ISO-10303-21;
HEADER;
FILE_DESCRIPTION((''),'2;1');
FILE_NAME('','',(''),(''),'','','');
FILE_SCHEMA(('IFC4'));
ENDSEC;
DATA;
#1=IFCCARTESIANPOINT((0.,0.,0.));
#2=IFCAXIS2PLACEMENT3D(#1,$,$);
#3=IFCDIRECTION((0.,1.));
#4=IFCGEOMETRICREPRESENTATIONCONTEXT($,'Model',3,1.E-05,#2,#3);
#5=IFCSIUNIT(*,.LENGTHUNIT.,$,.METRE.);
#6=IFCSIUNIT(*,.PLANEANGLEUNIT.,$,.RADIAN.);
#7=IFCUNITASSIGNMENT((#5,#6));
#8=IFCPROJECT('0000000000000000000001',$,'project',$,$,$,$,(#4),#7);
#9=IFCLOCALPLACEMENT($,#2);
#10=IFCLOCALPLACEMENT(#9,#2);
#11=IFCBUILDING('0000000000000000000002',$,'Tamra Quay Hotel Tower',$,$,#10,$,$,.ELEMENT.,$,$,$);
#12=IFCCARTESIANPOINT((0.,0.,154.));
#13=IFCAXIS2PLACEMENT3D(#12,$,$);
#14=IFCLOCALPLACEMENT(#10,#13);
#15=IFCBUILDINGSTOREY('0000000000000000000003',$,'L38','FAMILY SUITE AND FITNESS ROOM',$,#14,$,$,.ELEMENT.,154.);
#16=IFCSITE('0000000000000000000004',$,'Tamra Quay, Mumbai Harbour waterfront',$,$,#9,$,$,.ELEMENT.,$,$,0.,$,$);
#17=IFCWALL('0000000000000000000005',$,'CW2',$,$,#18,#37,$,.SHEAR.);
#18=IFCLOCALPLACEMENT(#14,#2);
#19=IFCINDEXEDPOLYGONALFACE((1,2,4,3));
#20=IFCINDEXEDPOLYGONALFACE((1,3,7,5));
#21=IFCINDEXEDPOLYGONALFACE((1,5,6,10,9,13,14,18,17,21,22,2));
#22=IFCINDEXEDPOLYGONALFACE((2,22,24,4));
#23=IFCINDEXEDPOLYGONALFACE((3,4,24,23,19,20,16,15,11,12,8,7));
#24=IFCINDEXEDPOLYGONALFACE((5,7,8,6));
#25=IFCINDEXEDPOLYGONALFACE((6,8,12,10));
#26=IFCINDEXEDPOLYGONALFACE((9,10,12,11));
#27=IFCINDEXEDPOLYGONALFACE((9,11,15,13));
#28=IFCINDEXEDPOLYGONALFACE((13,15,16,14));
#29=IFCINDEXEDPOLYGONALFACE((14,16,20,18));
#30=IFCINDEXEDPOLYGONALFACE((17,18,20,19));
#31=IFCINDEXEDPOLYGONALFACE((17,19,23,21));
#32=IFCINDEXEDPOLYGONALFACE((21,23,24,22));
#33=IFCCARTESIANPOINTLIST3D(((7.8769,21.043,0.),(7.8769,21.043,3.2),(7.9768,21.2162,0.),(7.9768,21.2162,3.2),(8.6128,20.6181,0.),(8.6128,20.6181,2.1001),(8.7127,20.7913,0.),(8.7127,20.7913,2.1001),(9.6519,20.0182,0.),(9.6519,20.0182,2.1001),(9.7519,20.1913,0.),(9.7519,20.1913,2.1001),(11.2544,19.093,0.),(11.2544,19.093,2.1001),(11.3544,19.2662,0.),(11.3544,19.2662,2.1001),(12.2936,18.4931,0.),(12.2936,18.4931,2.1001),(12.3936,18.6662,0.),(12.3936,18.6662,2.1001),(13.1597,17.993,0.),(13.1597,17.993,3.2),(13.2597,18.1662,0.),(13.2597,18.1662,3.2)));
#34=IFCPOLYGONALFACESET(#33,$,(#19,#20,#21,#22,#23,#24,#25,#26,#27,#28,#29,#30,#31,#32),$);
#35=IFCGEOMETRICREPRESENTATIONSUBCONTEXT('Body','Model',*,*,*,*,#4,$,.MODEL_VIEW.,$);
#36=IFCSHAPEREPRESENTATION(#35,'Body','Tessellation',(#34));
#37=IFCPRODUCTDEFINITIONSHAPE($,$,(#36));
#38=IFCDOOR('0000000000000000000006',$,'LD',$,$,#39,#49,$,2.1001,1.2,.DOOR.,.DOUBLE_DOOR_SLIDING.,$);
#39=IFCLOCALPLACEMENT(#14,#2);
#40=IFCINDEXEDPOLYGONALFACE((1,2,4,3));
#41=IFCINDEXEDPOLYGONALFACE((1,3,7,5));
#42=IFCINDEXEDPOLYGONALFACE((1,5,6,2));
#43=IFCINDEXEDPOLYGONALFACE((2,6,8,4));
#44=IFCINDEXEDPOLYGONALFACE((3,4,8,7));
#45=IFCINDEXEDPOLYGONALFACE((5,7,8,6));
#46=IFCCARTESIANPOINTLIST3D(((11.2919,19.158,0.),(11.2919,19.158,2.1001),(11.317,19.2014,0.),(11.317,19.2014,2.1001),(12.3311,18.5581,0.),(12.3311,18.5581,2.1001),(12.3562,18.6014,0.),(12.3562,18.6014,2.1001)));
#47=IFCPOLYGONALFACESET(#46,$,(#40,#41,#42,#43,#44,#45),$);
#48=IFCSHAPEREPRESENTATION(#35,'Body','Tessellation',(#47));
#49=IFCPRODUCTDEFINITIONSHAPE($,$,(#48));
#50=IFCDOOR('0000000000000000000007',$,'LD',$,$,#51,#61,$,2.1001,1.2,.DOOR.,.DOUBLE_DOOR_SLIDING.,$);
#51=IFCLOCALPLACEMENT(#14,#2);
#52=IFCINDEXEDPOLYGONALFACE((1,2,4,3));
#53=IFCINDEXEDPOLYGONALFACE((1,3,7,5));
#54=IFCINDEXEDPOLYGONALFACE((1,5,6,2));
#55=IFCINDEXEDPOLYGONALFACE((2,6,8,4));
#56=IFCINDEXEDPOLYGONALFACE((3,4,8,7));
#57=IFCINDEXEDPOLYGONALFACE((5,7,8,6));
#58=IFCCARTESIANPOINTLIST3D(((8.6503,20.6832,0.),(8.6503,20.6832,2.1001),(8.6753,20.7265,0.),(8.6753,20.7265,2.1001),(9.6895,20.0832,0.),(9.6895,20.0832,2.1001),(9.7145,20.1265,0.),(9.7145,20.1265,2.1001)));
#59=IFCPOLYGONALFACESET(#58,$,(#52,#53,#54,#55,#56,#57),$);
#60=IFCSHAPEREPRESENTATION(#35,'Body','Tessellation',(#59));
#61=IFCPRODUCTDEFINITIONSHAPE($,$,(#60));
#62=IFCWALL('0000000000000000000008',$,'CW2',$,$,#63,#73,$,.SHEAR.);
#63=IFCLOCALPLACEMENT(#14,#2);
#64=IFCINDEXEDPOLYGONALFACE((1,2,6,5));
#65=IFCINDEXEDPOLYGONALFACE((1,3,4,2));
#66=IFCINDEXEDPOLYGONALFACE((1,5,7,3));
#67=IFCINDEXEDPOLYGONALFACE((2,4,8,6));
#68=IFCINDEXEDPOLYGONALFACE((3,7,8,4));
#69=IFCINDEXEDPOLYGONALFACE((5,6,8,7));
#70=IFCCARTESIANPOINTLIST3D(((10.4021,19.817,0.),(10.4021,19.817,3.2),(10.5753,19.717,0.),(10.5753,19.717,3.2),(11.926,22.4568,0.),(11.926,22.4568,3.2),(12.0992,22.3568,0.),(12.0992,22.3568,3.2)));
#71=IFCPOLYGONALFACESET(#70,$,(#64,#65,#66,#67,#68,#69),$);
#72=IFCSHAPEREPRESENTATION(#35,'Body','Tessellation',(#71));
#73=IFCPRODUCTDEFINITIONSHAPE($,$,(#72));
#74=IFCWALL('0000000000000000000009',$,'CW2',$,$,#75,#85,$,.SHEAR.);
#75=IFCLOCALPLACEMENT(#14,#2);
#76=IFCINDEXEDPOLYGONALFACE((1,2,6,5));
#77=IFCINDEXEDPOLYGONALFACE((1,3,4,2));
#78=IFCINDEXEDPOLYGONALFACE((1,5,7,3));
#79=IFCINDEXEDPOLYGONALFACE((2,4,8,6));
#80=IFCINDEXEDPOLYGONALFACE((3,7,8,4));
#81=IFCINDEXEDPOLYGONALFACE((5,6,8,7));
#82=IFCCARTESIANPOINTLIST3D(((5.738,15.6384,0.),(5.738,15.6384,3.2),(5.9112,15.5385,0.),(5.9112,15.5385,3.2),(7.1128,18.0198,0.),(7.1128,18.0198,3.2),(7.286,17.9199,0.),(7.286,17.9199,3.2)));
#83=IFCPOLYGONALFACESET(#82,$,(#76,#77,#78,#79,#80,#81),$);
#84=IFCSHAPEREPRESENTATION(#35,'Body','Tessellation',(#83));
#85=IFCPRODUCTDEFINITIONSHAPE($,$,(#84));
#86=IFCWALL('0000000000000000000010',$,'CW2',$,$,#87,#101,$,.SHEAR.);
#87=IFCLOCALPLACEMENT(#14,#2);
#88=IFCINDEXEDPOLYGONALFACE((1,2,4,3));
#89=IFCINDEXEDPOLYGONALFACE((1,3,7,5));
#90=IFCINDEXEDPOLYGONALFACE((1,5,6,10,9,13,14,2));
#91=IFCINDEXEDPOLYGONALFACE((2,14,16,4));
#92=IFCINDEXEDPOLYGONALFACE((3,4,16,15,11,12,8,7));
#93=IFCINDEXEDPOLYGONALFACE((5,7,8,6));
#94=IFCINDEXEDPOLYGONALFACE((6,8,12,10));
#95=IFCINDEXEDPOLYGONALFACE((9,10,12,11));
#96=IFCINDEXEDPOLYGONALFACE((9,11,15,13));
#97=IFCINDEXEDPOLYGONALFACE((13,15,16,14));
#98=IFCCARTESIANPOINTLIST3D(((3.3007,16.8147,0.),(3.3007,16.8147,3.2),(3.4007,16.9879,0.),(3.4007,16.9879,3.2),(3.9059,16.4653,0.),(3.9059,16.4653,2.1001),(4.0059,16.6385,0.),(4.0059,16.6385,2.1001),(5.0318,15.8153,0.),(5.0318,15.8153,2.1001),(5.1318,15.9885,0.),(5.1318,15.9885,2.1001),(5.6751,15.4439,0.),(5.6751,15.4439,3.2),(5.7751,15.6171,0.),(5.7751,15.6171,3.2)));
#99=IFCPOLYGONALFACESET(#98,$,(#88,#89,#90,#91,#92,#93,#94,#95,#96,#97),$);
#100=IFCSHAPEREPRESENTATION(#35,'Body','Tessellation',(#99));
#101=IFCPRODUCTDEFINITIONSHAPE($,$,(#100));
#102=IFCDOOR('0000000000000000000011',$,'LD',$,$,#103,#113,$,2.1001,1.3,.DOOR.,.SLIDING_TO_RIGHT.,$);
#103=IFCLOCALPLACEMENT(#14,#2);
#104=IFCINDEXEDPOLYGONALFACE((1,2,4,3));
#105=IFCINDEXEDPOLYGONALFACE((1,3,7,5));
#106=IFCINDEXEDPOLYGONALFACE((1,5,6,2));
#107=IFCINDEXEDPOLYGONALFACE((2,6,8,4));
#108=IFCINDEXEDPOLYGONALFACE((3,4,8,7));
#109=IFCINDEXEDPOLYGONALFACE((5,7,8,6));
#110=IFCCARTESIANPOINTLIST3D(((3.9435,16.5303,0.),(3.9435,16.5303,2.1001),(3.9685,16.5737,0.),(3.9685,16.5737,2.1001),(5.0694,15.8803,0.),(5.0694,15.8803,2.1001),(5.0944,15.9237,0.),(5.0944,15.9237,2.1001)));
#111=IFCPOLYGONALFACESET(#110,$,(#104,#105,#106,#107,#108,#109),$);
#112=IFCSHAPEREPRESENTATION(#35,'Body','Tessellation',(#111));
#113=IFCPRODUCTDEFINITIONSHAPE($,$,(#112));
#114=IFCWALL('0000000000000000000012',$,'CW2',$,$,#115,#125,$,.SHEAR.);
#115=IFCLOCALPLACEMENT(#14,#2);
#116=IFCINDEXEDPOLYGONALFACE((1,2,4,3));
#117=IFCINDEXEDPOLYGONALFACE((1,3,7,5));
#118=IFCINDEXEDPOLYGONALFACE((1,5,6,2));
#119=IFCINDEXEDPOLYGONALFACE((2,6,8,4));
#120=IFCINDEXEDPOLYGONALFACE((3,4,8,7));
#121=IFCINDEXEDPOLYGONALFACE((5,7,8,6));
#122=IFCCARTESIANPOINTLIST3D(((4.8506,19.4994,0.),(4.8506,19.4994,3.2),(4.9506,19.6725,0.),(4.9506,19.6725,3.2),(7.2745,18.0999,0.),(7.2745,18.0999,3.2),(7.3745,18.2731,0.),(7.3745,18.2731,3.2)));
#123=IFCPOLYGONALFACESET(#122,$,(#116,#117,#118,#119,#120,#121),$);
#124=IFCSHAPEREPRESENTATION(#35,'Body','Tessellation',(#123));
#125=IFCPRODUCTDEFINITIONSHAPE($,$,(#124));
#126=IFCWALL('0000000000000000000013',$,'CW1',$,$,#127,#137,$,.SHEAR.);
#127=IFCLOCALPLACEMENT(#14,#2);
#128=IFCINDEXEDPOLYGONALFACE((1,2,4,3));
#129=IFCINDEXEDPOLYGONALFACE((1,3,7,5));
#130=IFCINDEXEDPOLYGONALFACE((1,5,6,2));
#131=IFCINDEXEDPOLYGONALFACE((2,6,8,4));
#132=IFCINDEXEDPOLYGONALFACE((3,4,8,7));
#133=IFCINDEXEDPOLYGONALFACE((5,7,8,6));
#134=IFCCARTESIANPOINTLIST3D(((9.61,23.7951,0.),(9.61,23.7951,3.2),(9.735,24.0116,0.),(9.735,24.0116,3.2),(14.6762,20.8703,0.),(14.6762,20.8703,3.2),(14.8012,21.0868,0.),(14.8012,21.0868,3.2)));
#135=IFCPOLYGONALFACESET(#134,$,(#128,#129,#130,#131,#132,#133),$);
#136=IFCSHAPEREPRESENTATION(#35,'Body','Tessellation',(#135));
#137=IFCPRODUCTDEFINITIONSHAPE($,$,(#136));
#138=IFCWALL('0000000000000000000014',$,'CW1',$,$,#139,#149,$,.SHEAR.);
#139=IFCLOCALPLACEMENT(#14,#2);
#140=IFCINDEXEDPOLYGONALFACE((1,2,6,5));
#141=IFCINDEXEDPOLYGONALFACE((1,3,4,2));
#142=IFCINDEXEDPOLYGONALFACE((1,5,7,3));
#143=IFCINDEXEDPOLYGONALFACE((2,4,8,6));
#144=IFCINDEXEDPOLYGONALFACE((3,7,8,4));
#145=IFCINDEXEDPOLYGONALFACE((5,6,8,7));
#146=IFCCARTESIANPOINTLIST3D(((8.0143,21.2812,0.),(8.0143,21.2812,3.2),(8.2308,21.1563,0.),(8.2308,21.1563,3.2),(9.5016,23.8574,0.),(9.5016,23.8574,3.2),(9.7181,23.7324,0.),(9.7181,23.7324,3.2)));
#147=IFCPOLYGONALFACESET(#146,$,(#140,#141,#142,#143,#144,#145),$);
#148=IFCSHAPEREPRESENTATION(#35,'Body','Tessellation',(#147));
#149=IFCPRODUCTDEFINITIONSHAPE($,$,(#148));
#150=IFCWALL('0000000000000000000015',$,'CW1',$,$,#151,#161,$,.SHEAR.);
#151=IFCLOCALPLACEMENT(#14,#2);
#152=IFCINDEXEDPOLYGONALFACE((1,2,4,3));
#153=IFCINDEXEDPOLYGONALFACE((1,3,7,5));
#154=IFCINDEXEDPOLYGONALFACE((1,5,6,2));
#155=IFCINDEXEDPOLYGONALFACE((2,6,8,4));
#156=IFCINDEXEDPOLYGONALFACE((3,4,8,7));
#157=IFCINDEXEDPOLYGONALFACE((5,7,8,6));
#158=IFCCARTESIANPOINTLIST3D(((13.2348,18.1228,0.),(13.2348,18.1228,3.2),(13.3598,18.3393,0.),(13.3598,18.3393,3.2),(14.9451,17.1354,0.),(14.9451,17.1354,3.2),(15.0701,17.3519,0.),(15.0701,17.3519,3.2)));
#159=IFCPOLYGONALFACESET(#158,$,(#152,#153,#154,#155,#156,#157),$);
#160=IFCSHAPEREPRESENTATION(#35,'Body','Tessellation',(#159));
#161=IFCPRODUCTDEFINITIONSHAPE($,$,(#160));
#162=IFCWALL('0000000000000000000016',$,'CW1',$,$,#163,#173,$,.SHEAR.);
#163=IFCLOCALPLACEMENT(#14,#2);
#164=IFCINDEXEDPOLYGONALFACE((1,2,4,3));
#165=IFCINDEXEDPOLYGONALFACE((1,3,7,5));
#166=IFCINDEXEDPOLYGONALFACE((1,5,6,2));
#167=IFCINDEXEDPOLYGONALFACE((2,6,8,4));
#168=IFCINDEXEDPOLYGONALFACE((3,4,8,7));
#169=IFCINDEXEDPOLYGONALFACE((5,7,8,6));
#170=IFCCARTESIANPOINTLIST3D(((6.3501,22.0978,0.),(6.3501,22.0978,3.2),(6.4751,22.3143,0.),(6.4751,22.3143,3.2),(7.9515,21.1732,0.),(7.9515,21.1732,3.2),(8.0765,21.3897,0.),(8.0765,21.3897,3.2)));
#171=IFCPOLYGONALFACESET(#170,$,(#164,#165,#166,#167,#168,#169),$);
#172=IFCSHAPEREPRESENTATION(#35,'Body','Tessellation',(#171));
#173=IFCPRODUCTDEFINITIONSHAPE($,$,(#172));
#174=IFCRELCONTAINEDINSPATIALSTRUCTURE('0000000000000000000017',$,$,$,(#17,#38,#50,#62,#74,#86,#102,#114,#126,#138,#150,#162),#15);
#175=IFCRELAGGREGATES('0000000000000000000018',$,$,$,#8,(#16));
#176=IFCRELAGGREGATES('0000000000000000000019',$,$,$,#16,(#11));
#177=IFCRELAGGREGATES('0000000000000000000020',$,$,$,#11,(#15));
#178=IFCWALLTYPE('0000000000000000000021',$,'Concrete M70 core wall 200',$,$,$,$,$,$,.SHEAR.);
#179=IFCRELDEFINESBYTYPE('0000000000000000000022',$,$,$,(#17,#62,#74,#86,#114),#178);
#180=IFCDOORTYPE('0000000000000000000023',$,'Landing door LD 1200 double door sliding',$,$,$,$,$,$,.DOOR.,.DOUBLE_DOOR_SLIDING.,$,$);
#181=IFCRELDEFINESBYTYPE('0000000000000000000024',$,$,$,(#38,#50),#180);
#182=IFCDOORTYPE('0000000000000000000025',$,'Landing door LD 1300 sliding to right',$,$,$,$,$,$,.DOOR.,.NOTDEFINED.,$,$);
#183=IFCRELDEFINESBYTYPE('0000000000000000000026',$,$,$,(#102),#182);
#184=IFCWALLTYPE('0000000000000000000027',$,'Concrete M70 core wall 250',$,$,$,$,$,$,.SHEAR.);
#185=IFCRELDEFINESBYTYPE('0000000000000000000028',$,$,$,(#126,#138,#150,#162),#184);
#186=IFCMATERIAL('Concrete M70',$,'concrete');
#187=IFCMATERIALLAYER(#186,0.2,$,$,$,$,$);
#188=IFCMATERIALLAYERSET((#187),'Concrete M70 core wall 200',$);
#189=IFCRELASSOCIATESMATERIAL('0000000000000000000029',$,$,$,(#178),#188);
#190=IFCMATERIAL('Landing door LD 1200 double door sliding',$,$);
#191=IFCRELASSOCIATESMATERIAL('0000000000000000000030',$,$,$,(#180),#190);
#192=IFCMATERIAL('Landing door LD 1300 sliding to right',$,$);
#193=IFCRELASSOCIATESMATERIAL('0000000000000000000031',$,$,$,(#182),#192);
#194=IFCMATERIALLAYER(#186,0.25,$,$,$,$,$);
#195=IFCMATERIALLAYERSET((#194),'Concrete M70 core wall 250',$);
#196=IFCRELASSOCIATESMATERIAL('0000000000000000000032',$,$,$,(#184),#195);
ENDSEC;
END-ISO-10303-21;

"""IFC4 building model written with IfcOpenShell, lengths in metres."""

from ifc_helpers import new_model, si_unit, direction, frame, frame_2d, origin, place, context, subcontext, project, spatial, rectangle, extrude, material, layer, layer_set, type_object, element, fill, save


model = new_model("IFC4")

# Units and contexts
model_context = context("Model", 3, precision=1e-05, world=origin(), true_north=direction((0.0, 1.0)))
body_context = subcontext(model_context, "Body", "Model", "MODEL_VIEW")
ifc_project = project(units=[si_unit("LENGTHUNIT", "METRE"), si_unit("PLANEANGLEUNIT", "RADIAN")], contexts=[model_context])

# Site, building, storey
site_placement = place(None, origin())
site = spatial("IfcSite", under=ifc_project, at=site_placement, Name="Tamra Quay, Mumbai Harbour waterfront", CompositionType="ELEMENT", RefElevation=0.0)
building_placement = place(site_placement, origin())
building = spatial("IfcBuilding", under=site, at=building_placement, Name="Tamra Quay Hotel Tower", CompositionType="ELEMENT")
storey_placement = place(building_placement, frame((0.0, 0.0, 154.0)))
storey = spatial("IfcBuildingStorey", under=building, at=storey_placement, Name="L38", Description="FAMILY SUITE AND FITNESS ROOM", CompositionType="ELEMENT", Elevation=154.0)

# Shared definitions
ifc_material_1 = material(Name="Concrete M70", Category="concrete")

# Wall, openings, doors
ifc_layer_1 = layer(ifc_material_1, 0.2)
ifc_layer_set_1 = layer_set([ifc_layer_1], Name="Concrete M70 core wall 200")
wall_type_1 = type_object("IfcWallType", Name="Concrete M70 core wall 200", PredefinedType="SHEAR", material=ifc_layer_set_1)
wall_1_placement = place(storey_placement, frame((13.2097, 18.0796, 0.0), z_axis=(0.0, 0.0, 1.0), x_axis=(-0.86603, 0.499992, 0.0)))
wall_1 = element("IfcWall", 1, at=wall_1_placement, inside=storey, type_object=wall_type_1, Name="CW2", PredefinedType="SHEAR", context=body_context, shape_type="SweptSolid", body=[
    extrude(rectangle(XDim=6.1001, YDim=0.2, at=frame_2d((3.05, 0.0))), origin(), (0.0, 0.0, 1.0), 3.2),
])
opening_1_placement = place(wall_1_placement, frame((1.0, 0.0, 0.0)))
opening_1 = element("IfcOpeningElement", 2, at=opening_1_placement, cuts=wall_1, PredefinedType="OPENING", context=body_context, shape_type="SweptSolid", body=[
    extrude(rectangle(XDim=1.2, YDim=2.1001, at=frame_2d((0.6001, 1.05))), frame((0.0, 0.1099, 0.0), z_axis=(0.0, -1.0, 0.0), x_axis=(1.0, 0.0, 0.0)), (0.0, 0.0, 1.0), 0.22),
])
opening_2_placement = place(wall_1_placement, frame((4.0503, 0.0, 0.0)))
opening_2 = element("IfcOpeningElement", 3, at=opening_2_placement, cuts=wall_1, PredefinedType="OPENING", context=body_context, shape_type="SweptSolid", body=[
    extrude(rectangle(XDim=1.2, YDim=2.1001, at=frame_2d((0.6001, 1.05))), frame((0.0, 0.1099, 0.0), z_axis=(0.0, -1.0, 0.0), x_axis=(1.0, 0.0, 0.0)), (0.0, 0.0, 1.0), 0.22),
])
ifc_material_2 = material(Name="Landing door LD 1200 double door sliding")
door_type_1 = type_object("IfcDoorType", Name="Landing door LD 1200 double door sliding", OperationType="DOUBLE_DOOR_SLIDING", PredefinedType="DOOR", material=ifc_material_2)
door_1_placement = place(opening_1_placement, origin())
door_1 = element("IfcDoor", 4, at=door_1_placement, inside=storey, type_object=door_type_1, Name="LD", OperationType="DOUBLE_DOOR_SLIDING", OverallHeight=2.1001, OverallWidth=1.2, PredefinedType="DOOR", context=body_context, shape_type="SweptSolid", body=[
    extrude(rectangle(XDim=1.2, YDim=2.1001, at=frame_2d((0.6001, 1.05))), frame((0.0, 0.0249, 0.0), z_axis=(0.0, -1.0, 0.0), x_axis=(1.0, 0.0, 0.0)), (0.0, 0.0, 1.0), 0.05),
])
fill(opening_1, door_1)
door_2_placement = place(opening_2_placement, origin())
door_2 = element("IfcDoor", 5, at=door_2_placement, inside=storey, type_object=door_type_1, Name="LD", OperationType="DOUBLE_DOOR_SLIDING", OverallHeight=2.1001, OverallWidth=1.2, PredefinedType="DOOR", context=body_context, shape_type="SweptSolid", body=[
    extrude(rectangle(XDim=1.2, YDim=2.1001, at=frame_2d((0.6001, 1.05))), frame((0.0, 0.0249, 0.0), z_axis=(0.0, -1.0, 0.0), x_axis=(1.0, 0.0, 0.0)), (0.0, 0.0, 1.0), 0.05),
])
fill(opening_2, door_2)

# Walls
wall_2_placement = place(storey_placement, frame((10.4888, 19.7671, 0.0), z_axis=(0.0, 0.0, 1.0), x_axis=(0.499947, 0.866056, 0.0)))
element("IfcWall", 6, at=wall_2_placement, inside=storey, type_object=wall_type_1, Name="CW2", PredefinedType="SHEAR", context=body_context, shape_type="SweptSolid", body=[
    extrude(rectangle(XDim=3.0481, YDim=0.2, at=frame_2d((1.5239, 0.0))), origin(), (0.0, 0.0, 1.0), 3.2),
])
wall_3_placement = place(storey_placement, frame((7.1995, 17.97, 0.0), z_axis=(0.0, 0.0, 1.0), x_axis=(-0.499968, -0.866044, 0.0)))
element("IfcWall", 7, at=wall_3_placement, inside=storey, type_object=wall_type_1, Name="CW2", PredefinedType="SHEAR", context=body_context, shape_type="SweptSolid", body=[
    extrude(rectangle(XDim=2.7498, YDim=0.2, at=frame_2d((1.375, 0.0))), origin(), (0.0, 0.0, 1.0), 3.2),
])

# Wall, opening, door
wall_4_placement = place(storey_placement, frame((5.7251, 15.5305, 0.0), z_axis=(0.0, 0.0, 1.0), x_axis=(-0.866037, 0.499979, 0.0)))
wall_4 = element("IfcWall", 8, at=wall_4_placement, inside=storey, type_object=wall_type_1, Name="CW2", PredefinedType="SHEAR", context=body_context, shape_type="SweptSolid", body=[
    extrude(rectangle(XDim=2.7417, YDim=0.2, at=frame_2d((1.3708, 0.0))), origin(), (0.0, 0.0, 1.0), 3.2),
])
opening_3_placement = place(wall_4_placement, frame((0.7429, 0.0, 0.0)))
opening_3 = element("IfcOpeningElement", 9, at=opening_3_placement, cuts=wall_4, PredefinedType="OPENING", context=body_context, shape_type="SweptSolid", body=[
    extrude(rectangle(XDim=1.3, YDim=2.1001, at=frame_2d((0.6499, 1.05))), frame((0.0, 0.1099, 0.0), z_axis=(0.0, -1.0, 0.0), x_axis=(1.0, 0.0, 0.0)), (0.0, 0.0, 1.0), 0.22),
])
ifc_material_3 = material(Name="Landing door LD 1300 sliding to right")
door_type_2 = type_object("IfcDoorType", Name="Landing door LD 1300 sliding to right", OperationType="NOTDEFINED", PredefinedType="DOOR", material=ifc_material_3)
door_3_placement = place(opening_3_placement, origin())
door_3 = element("IfcDoor", 10, at=door_3_placement, inside=storey, type_object=door_type_2, Name="LD", OperationType="SLIDING_TO_RIGHT", OverallHeight=2.1001, OverallWidth=1.3, PredefinedType="DOOR", context=body_context, shape_type="SweptSolid", body=[
    extrude(rectangle(XDim=1.3, YDim=2.1001, at=frame_2d((0.6499, 1.05))), frame((0.0, 0.0249, 0.0), z_axis=(0.0, -1.0, 0.0), x_axis=(1.0, 0.0, 0.0)), (0.0, 0.0, 1.0), 0.05),
])
fill(opening_3, door_3)

# Walls
wall_5_placement = place(storey_placement, frame((4.9006, 19.5859, 0.0), z_axis=(0.0, 0.0, 1.0), x_axis=(0.866023, -0.500004, 0.0)))
element("IfcWall", 11, at=wall_5_placement, inside=storey, type_object=wall_type_1, Name="CW2", PredefinedType="SHEAR", context=body_context, shape_type="SweptSolid", body=[
    extrude(rectangle(XDim=2.7988, YDim=0.2, at=frame_2d((1.3994, 0.0))), origin(), (0.0, 0.0, 1.0), 3.2),
])
ifc_layer_2 = layer(ifc_material_1, 0.25)
ifc_layer_set_2 = layer_set([ifc_layer_2], Name="Concrete M70 core wall 250")
wall_type_2 = type_object("IfcWallType", Name="Concrete M70 core wall 250", PredefinedType="SHEAR", material=ifc_layer_set_2)
wall_6_placement = place(storey_placement, frame((9.6726, 23.9033, 0.0), z_axis=(0.0, 0.0, 1.0), x_axis=(0.866036, -0.499981, 0.0)))
element("IfcWall", 12, at=wall_6_placement, inside=storey, type_object=wall_type_2, Name="CW1", PredefinedType="SHEAR", context=body_context, shape_type="SweptSolid", body=[
    extrude(rectangle(XDim=5.8499, YDim=0.25, at=frame_2d((2.9248, 0.0))), origin(), (0.0, 0.0, 1.0), 3.2),
])
wall_7_placement = place(storey_placement, frame((8.1226, 21.2188, 0.0), z_axis=(0.0, 0.0, 1.0), x_axis=(0.499988, 0.866033, 0.0)))
element("IfcWall", 13, at=wall_7_placement, inside=storey, type_object=wall_type_2, Name="CW1", PredefinedType="SHEAR", context=body_context, shape_type="SweptSolid", body=[
    extrude(rectangle(XDim=2.9746, YDim=0.25, at=frame_2d((1.4873, 0.0))), origin(), (0.0, 0.0, 1.0), 3.2),
])
wall_8_placement = place(storey_placement, frame((13.2974, 18.231, 0.0), z_axis=(0.0, 0.0, 1.0), x_axis=(0.866044, -0.499969, 0.0)))
element("IfcWall", 14, at=wall_8_placement, inside=storey, type_object=wall_type_2, Name="CW1", PredefinedType="SHEAR", context=body_context, shape_type="SweptSolid", body=[
    extrude(rectangle(XDim=1.9749, YDim=0.25, at=frame_2d((0.9873, 0.0))), origin(), (0.0, 0.0, 1.0), 3.2),
])
wall_9_placement = place(storey_placement, frame((6.4126, 22.2061, 0.0), z_axis=(0.0, 0.0, 1.0), x_axis=(0.866016, -0.500016, 0.0)))
element("IfcWall", 15, at=wall_9_placement, inside=storey, type_object=wall_type_2, Name="CW1", PredefinedType="SHEAR", context=body_context, shape_type="SweptSolid", body=[
    extrude(rectangle(XDim=1.8491, YDim=0.25, at=frame_2d((0.9246, 0.0))), origin(), (0.0, 0.0, 1.0), 3.2),
])

save(model, "model.ifc")
